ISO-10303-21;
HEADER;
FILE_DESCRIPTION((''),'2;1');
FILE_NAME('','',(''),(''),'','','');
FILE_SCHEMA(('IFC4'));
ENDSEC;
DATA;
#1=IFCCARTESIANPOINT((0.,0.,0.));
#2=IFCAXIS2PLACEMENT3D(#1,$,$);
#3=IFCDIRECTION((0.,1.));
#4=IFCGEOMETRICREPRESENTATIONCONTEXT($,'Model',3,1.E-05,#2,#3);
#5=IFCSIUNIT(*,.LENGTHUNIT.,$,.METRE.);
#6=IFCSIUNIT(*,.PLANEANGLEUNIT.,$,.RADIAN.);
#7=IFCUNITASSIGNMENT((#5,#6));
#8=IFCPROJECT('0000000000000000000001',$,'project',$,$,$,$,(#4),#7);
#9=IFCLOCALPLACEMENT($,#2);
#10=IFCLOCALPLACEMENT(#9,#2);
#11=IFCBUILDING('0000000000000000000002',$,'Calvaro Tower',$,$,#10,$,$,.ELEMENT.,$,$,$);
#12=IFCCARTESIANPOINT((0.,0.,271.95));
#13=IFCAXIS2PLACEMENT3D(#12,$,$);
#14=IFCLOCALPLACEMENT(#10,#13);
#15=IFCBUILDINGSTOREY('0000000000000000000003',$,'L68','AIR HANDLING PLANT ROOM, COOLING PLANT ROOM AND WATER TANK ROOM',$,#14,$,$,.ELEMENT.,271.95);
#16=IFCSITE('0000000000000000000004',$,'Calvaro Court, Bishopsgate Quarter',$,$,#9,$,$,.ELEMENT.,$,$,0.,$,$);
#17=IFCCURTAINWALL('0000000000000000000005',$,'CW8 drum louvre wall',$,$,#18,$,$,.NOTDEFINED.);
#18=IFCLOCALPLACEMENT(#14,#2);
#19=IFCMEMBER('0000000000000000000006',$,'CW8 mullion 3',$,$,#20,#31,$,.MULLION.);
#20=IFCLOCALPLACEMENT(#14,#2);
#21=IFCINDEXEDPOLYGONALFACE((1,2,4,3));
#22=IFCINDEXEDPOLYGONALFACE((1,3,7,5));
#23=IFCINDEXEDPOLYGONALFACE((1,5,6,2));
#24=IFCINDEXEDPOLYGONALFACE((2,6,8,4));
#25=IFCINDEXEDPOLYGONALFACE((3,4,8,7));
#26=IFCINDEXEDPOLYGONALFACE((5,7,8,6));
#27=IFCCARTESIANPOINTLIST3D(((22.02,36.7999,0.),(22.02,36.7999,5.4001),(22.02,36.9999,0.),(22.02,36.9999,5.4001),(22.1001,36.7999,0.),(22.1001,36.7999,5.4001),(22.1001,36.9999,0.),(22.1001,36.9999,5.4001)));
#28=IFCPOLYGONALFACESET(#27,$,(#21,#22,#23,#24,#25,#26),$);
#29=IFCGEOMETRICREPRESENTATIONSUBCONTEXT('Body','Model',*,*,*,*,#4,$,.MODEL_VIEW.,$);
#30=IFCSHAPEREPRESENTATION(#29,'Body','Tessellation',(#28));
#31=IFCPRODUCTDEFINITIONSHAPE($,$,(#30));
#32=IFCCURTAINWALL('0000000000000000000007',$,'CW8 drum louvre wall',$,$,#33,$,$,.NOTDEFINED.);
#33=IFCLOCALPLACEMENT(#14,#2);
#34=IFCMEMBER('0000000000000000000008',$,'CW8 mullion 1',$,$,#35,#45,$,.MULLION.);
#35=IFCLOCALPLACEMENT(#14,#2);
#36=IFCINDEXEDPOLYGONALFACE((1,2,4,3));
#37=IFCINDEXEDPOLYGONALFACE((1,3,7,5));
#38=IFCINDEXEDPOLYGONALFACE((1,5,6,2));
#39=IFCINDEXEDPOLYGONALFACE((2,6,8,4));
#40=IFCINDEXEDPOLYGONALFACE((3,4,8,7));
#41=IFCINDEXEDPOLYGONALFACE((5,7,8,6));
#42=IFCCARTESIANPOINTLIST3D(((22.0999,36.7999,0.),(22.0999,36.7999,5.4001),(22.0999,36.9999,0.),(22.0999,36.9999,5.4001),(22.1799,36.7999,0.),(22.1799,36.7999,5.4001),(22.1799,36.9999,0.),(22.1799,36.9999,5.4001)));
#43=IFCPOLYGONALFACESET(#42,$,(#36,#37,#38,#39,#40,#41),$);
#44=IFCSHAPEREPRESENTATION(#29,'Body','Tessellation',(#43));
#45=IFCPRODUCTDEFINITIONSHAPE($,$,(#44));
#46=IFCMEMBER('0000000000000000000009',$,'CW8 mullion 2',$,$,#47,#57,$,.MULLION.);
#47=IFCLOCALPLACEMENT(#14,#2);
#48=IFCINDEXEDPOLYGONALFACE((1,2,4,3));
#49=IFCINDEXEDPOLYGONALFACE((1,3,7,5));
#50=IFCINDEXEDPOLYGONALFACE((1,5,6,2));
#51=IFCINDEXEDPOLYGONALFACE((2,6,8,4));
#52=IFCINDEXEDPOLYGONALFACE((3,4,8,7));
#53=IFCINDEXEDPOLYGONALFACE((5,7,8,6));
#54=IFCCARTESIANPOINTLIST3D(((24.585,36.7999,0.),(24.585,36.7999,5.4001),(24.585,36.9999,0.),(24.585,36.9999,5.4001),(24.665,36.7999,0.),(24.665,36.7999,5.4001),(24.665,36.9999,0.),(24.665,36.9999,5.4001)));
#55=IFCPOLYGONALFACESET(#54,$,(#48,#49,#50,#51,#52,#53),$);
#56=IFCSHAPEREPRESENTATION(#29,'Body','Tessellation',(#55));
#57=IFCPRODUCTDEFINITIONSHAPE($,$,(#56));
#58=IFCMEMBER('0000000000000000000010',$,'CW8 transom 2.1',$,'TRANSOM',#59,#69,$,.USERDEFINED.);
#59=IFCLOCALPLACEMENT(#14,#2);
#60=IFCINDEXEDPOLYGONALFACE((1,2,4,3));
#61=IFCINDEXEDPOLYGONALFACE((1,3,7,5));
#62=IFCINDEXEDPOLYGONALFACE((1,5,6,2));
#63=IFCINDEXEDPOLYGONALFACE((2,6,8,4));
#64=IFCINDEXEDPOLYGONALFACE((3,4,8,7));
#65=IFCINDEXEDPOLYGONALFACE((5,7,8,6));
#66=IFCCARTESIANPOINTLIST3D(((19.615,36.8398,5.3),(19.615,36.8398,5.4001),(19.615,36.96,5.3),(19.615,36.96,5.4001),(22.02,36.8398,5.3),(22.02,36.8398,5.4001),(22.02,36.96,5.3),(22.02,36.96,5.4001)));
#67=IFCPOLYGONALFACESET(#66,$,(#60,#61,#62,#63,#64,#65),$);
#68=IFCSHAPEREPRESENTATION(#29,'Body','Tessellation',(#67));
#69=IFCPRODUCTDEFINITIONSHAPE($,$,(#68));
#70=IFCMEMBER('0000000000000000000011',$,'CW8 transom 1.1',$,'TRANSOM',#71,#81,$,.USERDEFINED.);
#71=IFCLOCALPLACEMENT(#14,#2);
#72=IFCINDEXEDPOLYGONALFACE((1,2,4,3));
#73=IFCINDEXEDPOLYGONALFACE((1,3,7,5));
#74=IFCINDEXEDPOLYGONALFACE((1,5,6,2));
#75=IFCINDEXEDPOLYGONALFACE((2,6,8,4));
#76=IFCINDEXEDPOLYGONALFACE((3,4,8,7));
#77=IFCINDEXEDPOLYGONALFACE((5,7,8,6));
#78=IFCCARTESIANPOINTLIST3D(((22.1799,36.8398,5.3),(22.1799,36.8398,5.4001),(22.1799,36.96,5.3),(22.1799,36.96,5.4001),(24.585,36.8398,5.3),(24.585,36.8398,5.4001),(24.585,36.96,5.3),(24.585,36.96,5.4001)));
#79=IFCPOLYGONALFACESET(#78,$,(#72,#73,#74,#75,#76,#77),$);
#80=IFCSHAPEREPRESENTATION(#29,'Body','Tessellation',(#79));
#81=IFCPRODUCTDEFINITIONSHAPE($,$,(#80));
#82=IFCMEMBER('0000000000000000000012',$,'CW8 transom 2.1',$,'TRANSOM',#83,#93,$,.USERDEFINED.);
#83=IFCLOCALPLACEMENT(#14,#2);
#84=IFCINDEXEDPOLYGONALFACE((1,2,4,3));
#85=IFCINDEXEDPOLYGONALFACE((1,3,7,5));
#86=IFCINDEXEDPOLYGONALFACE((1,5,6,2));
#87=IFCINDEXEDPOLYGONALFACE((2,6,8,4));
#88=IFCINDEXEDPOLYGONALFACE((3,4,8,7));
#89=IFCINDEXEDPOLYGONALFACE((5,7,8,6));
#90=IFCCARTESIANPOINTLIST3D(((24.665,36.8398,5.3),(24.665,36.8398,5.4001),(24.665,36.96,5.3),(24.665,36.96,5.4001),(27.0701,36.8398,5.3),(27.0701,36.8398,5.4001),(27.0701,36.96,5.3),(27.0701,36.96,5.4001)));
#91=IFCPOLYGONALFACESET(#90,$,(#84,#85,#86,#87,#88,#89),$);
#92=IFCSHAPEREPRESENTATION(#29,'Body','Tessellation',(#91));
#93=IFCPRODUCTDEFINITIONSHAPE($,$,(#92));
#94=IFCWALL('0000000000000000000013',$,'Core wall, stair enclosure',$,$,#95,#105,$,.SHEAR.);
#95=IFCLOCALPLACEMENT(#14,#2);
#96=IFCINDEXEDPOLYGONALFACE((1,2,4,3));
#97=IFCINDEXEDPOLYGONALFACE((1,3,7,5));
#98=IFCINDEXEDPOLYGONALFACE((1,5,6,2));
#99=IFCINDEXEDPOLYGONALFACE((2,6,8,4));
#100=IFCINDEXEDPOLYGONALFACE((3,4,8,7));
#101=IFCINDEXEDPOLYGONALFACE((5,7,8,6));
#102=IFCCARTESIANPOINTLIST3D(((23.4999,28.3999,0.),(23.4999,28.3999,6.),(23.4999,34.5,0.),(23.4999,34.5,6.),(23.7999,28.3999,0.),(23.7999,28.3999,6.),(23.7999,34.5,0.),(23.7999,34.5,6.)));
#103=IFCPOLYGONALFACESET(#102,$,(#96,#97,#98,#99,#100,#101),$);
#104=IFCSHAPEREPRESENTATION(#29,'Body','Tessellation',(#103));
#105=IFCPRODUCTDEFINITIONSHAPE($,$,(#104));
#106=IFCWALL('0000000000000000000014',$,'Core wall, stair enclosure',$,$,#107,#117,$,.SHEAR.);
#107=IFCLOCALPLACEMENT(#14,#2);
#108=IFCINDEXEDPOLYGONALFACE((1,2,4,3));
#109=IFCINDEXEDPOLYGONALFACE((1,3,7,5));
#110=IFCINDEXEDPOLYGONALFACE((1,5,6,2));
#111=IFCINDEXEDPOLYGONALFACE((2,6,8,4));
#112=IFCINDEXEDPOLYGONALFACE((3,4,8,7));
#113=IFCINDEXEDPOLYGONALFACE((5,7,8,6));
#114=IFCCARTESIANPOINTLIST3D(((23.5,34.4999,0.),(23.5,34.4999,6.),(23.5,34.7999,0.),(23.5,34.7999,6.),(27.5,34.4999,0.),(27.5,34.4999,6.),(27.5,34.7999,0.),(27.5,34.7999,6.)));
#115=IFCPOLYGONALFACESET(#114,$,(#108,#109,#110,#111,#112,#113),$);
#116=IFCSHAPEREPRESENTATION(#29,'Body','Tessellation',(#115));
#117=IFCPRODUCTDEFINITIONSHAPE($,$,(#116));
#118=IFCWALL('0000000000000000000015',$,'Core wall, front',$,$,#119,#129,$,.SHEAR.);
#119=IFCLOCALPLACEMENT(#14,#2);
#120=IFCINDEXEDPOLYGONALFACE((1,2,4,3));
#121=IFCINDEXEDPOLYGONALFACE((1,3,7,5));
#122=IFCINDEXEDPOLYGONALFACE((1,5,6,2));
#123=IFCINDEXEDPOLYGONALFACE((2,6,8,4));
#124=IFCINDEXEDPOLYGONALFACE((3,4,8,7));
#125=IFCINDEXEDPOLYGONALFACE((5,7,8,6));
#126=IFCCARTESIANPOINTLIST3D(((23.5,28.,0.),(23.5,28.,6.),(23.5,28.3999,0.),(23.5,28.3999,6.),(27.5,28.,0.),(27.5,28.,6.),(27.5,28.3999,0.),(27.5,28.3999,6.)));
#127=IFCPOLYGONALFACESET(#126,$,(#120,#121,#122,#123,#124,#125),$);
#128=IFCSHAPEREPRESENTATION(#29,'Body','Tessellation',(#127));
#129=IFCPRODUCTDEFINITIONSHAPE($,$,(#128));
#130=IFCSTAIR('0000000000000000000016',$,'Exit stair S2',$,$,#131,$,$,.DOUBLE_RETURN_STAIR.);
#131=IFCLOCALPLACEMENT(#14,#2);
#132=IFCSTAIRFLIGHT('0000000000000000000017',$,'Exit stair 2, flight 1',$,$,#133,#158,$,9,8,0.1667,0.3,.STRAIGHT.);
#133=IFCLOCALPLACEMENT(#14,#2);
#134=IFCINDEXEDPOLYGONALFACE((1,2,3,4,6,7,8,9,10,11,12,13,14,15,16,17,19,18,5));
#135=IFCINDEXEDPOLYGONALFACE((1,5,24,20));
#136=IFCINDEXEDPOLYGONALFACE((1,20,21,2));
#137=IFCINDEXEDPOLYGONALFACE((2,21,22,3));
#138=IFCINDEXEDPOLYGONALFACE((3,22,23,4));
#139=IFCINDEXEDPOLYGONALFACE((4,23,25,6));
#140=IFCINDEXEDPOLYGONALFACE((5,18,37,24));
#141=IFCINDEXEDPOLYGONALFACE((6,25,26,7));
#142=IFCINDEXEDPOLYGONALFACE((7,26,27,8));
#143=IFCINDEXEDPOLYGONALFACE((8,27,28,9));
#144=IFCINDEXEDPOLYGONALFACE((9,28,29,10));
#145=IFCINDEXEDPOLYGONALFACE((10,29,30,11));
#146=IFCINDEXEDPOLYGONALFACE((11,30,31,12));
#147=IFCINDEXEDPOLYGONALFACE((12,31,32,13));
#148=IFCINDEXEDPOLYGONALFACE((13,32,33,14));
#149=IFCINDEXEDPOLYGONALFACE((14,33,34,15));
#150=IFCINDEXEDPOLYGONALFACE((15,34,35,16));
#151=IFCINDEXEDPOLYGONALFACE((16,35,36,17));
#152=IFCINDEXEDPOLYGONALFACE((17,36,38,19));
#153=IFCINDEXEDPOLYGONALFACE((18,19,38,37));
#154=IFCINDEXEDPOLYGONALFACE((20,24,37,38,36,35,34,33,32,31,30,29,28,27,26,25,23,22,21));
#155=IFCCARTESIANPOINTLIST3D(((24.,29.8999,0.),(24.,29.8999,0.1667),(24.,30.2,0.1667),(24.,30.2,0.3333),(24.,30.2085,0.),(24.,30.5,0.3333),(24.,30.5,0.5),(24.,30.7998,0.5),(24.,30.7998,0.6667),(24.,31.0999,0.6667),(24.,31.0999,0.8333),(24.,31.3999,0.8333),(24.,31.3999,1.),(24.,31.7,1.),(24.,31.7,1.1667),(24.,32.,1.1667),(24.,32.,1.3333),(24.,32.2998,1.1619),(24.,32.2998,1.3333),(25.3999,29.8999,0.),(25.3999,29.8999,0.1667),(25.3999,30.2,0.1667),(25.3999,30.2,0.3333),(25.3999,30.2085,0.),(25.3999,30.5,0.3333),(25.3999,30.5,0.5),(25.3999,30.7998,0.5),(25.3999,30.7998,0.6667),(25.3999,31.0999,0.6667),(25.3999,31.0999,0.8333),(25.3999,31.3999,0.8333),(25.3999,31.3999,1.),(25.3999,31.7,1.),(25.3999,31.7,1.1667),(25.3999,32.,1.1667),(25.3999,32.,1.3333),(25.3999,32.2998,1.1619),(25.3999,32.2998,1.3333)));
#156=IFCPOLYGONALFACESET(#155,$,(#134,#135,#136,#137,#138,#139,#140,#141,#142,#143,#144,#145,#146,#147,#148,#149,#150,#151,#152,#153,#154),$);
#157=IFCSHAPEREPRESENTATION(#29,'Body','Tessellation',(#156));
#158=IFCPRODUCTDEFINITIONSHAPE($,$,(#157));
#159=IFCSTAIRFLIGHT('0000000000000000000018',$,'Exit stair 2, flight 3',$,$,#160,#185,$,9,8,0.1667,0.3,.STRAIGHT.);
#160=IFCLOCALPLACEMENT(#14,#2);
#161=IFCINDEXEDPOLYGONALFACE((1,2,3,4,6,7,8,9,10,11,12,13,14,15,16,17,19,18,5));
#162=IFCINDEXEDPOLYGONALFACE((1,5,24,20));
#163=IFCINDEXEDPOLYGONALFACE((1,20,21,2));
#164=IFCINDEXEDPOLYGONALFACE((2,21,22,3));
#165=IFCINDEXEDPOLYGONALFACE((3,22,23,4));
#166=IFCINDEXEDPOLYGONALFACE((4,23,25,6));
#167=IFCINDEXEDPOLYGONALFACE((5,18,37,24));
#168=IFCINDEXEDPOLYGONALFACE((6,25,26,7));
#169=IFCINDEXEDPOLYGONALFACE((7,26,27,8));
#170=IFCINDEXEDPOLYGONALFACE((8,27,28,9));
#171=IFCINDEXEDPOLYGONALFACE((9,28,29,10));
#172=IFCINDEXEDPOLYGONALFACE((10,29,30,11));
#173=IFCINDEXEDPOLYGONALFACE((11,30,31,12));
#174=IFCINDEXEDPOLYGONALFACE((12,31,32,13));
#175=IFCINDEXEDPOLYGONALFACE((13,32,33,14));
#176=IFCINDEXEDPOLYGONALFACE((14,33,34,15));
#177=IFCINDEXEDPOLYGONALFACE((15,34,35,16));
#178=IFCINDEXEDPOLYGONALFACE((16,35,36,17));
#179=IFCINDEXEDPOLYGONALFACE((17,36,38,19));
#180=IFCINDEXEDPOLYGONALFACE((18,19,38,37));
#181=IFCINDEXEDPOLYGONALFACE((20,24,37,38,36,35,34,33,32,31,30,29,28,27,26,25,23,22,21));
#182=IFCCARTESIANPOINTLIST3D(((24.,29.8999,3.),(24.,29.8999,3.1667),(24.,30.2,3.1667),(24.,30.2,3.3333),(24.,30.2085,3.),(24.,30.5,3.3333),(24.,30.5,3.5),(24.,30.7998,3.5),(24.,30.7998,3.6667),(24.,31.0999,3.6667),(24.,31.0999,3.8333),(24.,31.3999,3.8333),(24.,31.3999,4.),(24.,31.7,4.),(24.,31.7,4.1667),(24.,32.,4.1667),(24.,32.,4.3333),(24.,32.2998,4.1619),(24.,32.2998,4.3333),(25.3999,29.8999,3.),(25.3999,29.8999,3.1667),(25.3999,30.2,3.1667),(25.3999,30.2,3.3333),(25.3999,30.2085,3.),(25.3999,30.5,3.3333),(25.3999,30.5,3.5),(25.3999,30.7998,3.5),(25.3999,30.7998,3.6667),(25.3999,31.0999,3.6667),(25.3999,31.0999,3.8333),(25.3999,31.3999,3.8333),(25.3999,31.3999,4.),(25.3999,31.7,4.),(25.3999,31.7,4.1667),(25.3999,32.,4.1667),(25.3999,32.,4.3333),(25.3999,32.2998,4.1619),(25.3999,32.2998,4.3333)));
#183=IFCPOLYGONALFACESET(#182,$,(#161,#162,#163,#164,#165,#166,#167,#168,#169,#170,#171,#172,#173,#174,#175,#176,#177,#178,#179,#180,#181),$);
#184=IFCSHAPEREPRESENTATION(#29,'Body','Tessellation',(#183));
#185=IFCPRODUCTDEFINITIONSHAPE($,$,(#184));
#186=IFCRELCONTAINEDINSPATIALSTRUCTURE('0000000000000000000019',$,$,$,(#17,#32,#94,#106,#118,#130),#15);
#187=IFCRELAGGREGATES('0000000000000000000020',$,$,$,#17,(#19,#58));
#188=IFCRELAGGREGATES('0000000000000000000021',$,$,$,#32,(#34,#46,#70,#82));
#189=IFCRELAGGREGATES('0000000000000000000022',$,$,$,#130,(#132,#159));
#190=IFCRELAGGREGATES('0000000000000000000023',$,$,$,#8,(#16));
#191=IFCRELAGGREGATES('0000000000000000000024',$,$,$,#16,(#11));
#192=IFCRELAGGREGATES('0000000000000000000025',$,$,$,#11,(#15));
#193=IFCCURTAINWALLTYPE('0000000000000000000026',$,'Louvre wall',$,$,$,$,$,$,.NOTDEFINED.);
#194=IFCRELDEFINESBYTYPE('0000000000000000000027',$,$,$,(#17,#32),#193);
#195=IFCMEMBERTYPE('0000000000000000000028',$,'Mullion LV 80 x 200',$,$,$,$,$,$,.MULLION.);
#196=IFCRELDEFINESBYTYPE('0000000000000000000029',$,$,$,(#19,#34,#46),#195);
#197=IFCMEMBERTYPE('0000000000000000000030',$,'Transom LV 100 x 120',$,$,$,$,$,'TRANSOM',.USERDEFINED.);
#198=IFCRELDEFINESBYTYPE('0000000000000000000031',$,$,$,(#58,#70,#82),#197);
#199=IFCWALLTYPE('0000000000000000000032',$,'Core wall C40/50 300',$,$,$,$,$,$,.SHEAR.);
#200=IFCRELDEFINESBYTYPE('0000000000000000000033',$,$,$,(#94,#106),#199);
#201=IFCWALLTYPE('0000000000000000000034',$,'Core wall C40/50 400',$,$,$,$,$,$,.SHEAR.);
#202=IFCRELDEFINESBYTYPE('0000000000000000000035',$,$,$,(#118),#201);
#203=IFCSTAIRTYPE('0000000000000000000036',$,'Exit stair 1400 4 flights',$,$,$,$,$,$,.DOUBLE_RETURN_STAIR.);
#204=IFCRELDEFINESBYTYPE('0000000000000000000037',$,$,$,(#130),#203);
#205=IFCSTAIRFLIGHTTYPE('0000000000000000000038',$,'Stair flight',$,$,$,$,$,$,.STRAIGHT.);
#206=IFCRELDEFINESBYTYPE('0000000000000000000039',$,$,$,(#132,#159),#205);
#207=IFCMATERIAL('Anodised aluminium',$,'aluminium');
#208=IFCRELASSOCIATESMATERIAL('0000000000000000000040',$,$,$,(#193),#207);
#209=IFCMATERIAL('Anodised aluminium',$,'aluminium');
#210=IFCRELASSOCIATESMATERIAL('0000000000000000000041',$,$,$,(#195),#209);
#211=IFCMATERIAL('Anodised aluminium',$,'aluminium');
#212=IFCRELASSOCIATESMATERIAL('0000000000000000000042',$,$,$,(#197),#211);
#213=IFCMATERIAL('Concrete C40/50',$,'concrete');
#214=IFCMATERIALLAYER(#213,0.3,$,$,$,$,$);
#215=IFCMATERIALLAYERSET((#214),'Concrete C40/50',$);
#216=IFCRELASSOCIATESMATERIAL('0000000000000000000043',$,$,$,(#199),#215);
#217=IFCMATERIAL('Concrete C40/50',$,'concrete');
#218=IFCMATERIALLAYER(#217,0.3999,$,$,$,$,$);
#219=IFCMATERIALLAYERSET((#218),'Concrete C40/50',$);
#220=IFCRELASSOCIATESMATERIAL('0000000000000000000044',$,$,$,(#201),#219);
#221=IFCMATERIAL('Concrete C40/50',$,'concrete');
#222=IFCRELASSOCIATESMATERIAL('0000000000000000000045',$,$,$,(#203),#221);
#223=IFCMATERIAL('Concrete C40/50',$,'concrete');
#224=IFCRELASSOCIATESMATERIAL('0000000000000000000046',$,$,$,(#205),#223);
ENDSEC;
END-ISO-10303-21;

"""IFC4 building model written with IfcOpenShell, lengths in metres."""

from ifc_helpers import new_model, si_unit, direction, frame, frame_2d, origin, origin_2d, place, context, subcontext, project, spatial, polyline, rectangle, outline, extrude, material, layer, layer_set, material_profile, profile_set, type_object, element, aggregate, save


model = new_model("IFC4")

# Units and contexts
model_context = context("Model", 3, precision=1e-05, world=origin(), true_north=direction((0.0, 1.0)))
body_context = subcontext(model_context, "Body", "Model", "MODEL_VIEW")
ifc_project = project(units=[si_unit("LENGTHUNIT", "METRE"), si_unit("PLANEANGLEUNIT", "RADIAN")], contexts=[model_context])

# Site, building, storey
site_placement = place(None, origin())
site = spatial("IfcSite", under=ifc_project, at=site_placement, Name="Calvaro Court, Bishopsgate Quarter", CompositionType="ELEMENT", RefElevation=0.0)
building_placement = place(site_placement, origin())
building = spatial("IfcBuilding", under=site, at=building_placement, Name="Calvaro Tower", CompositionType="ELEMENT")
storey_placement = place(building_placement, frame((0.0, 0.0, 271.95)))
storey = spatial("IfcBuildingStorey", under=building, at=storey_placement, Name="L68", Description="AIR HANDLING PLANT ROOM, COOLING PLANT ROOM AND WATER TANK ROOM", CompositionType="ELEMENT", Elevation=271.95)

# Curtain wall, member
ifc_material_1 = material(Name="Anodised aluminium", Category="aluminium")
curtain_wall_type = type_object("IfcCurtainWallType", Name="Louvre wall", PredefinedType="NOTDEFINED", material=ifc_material_1)
curtain_wall_1_placement = place(storey_placement, origin())
curtain_wall_1 = element("IfcCurtainWall", 1, at=curtain_wall_1_placement, inside=storey, type_object=curtain_wall_type, Name="CW8 drum louvre wall", PredefinedType="NOTDEFINED")
ifc_material_2 = material(Name="Anodised aluminium", Category="aluminium")
ifc_material_profile_1 = material_profile(ifc_material_2, rectangle(XDim=0.2, YDim=0.0801, at=origin_2d()), Name="Mullion LV 80 x 200")
ifc_profile_set_1 = profile_set([ifc_material_profile_1], Name="Anodised aluminium")
member_type_1 = type_object("IfcMemberType", Name="Mullion LV 80 x 200", PredefinedType="MULLION", material=ifc_profile_set_1)
member_1_placement = place(storey_placement, frame((22.0601, 36.8999, 0.0), z_axis=(0.0, 0.0, 1.0), x_axis=(0.0, 1.0, 0.0)))
member_1 = element("IfcMember", 2, at=member_1_placement, type_object=member_type_1, Name="CW8 mullion 3", PredefinedType="MULLION", context=body_context, shape_type="SweptSolid", body=[
    extrude(rectangle(XDim=0.2, YDim=0.0801, at=origin_2d()), origin(), (0.0, 0.0, 1.0), 5.4001),
])

# Curtain wall, members
curtain_wall_2_placement = place(storey_placement, origin())
curtain_wall_2 = element("IfcCurtainWall", 3, at=curtain_wall_2_placement, inside=storey, type_object=curtain_wall_type, Name="CW8 drum louvre wall", PredefinedType="NOTDEFINED")
member_2_placement = place(storey_placement, frame((22.1399, 36.8999, 0.0), z_axis=(0.0, 0.0, 1.0), x_axis=(0.0, 1.0, 0.0)))
member_2 = element("IfcMember", 4, at=member_2_placement, type_object=member_type_1, Name="CW8 mullion 1", PredefinedType="MULLION", context=body_context, shape_type="SweptSolid", body=[
    extrude(rectangle(XDim=0.2, YDim=0.0801, at=origin_2d()), origin(), (0.0, 0.0, 1.0), 5.4001),
])
member_3_placement = place(storey_placement, frame((24.625, 36.8999, 0.0), z_axis=(0.0, 0.0, 1.0), x_axis=(0.0, 1.0, 0.0)))
member_3 = element("IfcMember", 5, at=member_3_placement, type_object=member_type_1, Name="CW8 mullion 2", PredefinedType="MULLION", context=body_context, shape_type="SweptSolid", body=[
    extrude(rectangle(XDim=0.2, YDim=0.0801, at=origin_2d()), origin(), (0.0, 0.0, 1.0), 5.4001),
])

# Members
ifc_material_3 = material(Name="Anodised aluminium", Category="aluminium")
ifc_material_profile_2 = material_profile(ifc_material_3, rectangle(XDim=0.1201, YDim=0.1001, at=origin_2d()), Name="Transom LV 100 x 120")
ifc_profile_set_2 = profile_set([ifc_material_profile_2], Name="Anodised aluminium")
member_type_2 = type_object("IfcMemberType", Name="Transom LV 100 x 120", ElementType="TRANSOM", PredefinedType="USERDEFINED", material=ifc_profile_set_2)
member_4_placement = place(storey_placement, frame((19.615, 36.8999, 5.3501), z_axis=(1.0, 0.0, 0.0), x_axis=(0.0, 1.0, 0.0)))
member_4 = element("IfcMember", 6, at=member_4_placement, type_object=member_type_2, Name="CW8 transom 2.1", ObjectType="TRANSOM", PredefinedType="USERDEFINED", context=body_context, shape_type="SweptSolid", body=[
    extrude(rectangle(XDim=0.1201, YDim=0.1001, at=origin_2d()), origin(), (0.0, 0.0, 1.0), 2.405),
])
member_5_placement = place(storey_placement, frame((22.1799, 36.8999, 5.3501), z_axis=(1.0, 0.0, 0.0), x_axis=(0.0, 1.0, 0.0)))
member_5 = element("IfcMember", 7, at=member_5_placement, type_object=member_type_2, Name="CW8 transom 1.1", ObjectType="TRANSOM", PredefinedType="USERDEFINED", context=body_context, shape_type="SweptSolid", body=[
    extrude(rectangle(XDim=0.1201, YDim=0.1001, at=origin_2d()), origin(), (0.0, 0.0, 1.0), 2.405),
])
member_6_placement = place(storey_placement, frame((24.665, 36.8999, 5.3501), z_axis=(1.0, 0.0, 0.0), x_axis=(0.0, 1.0, 0.0)))
member_6 = element("IfcMember", 8, at=member_6_placement, type_object=member_type_2, Name="CW8 transom 2.1", ObjectType="TRANSOM", PredefinedType="USERDEFINED", context=body_context, shape_type="SweptSolid", body=[
    extrude(rectangle(XDim=0.1201, YDim=0.1001, at=origin_2d()), origin(), (0.0, 0.0, 1.0), 2.405),
])

# Walls
ifc_material_4 = material(Name="Concrete C40/50", Category="concrete")
ifc_layer_1 = layer(ifc_material_4, 0.3)
ifc_layer_set_1 = layer_set([ifc_layer_1], Name="Concrete C40/50")
wall_type_1 = type_object("IfcWallType", Name="Core wall C40/50 300", PredefinedType="SHEAR", material=ifc_layer_set_1)
wall_1_placement = place(storey_placement, frame((23.6499, 28.3999, 0.0), z_axis=(0.0, 0.0, 1.0), x_axis=(0.0, 1.0, 0.0)))
element("IfcWall", 9, at=wall_1_placement, inside=storey, type_object=wall_type_1, Name="Core wall, stair enclosure", PredefinedType="SHEAR", context=body_context, shape_type="SweptSolid", body=[
    extrude(rectangle(XDim=6.1001, YDim=0.3, at=frame_2d((3.05, 0.0))), origin(), (0.0, 0.0, 1.0), 6.0),
])
wall_2_placement = place(storey_placement, frame((23.5, 34.6499, 0.0), z_axis=(0.0, 0.0, 1.0), x_axis=(1.0, 0.0, 0.0)))
element("IfcWall", 10, at=wall_2_placement, inside=storey, type_object=wall_type_1, Name="Core wall, stair enclosure", PredefinedType="SHEAR", context=body_context, shape_type="SweptSolid", body=[
    extrude(rectangle(XDim=4.0, YDim=0.3, at=frame_2d((2.0, 0.0))), origin(), (0.0, 0.0, 1.0), 6.0),
])
ifc_material_5 = material(Name="Concrete C40/50", Category="concrete")
ifc_layer_2 = layer(ifc_material_5, 0.3999)
ifc_layer_set_2 = layer_set([ifc_layer_2], Name="Concrete C40/50")
wall_type_2 = type_object("IfcWallType", Name="Core wall C40/50 400", PredefinedType="SHEAR", material=ifc_layer_set_2)
wall_3_placement = place(storey_placement, frame((23.5, 28.2, 0.0), z_axis=(0.0, 0.0, 1.0), x_axis=(1.0, 0.0, 0.0)))
element("IfcWall", 11, at=wall_3_placement, inside=storey, type_object=wall_type_2, Name="Core wall, front", PredefinedType="SHEAR", context=body_context, shape_type="SweptSolid", body=[
    extrude(rectangle(XDim=4.0, YDim=0.3999, at=frame_2d((2.0, 0.0))), origin(), (0.0, 0.0, 1.0), 6.0),
])

# Stair, stair flights
ifc_material_6 = material(Name="Concrete C40/50", Category="concrete")
stair_type = type_object("IfcStairType", Name="Exit stair 1400 4 flights", PredefinedType="DOUBLE_RETURN_STAIR", material=ifc_material_6)
stair_placement = place(storey_placement, origin())
stair = element("IfcStair", 12, at=stair_placement, inside=storey, type_object=stair_type, Name="Exit stair S2", PredefinedType="DOUBLE_RETURN_STAIR")
ifc_material_7 = material(Name="Concrete C40/50", Category="concrete")
stair_flight_type = type_object("IfcStairFlightType", Name="Stair flight", PredefinedType="STRAIGHT", material=ifc_material_7)
stair_flight_1_placement = place(storey_placement, frame((24.7, 29.8999, 0.0), z_axis=(0.0, 0.0, 1.0), x_axis=(0.0, 1.0, 0.0)))
stair_flight_1 = element("IfcStairFlight", 13, at=stair_flight_1_placement, type_object=stair_flight_type, Name="Exit stair 2, flight 1", NumberOfRisers=9, NumberOfTreads=8, PredefinedType="STRAIGHT", RiserHeight=0.1667, TreadLength=0.3, context=body_context, shape_type="SweptSolid", body=[
    extrude(outline(polyline([(0.0, 0.0), (0.0, 0.1667), (0.3, 0.1667), (0.3, 0.3333), (0.6001, 0.3333), (0.6001, 0.5), (0.8999, 0.5), (0.8999, 0.6667), (1.2, 0.6667), (1.2, 0.8333), (1.5, 0.8333), (1.5, 1.0), (1.8, 1.0), (1.8, 1.1667), (2.1001, 1.1667), (2.1001, 1.3333), (2.3999, 1.3333), (2.3999, 1.5), (2.3999, 1.1619), (0.3086, 0.0), (0.0, 0.0)])), frame((0.0, 0.7, 0.0), z_axis=(0.0, -1.0, 0.0), x_axis=(1.0, 0.0, 0.0)), (0.0, 0.0, 1.0), 1.3999),
])
stair_flight_2_placement = place(storey_placement, frame((24.7, 29.8999, 3.0), z_axis=(0.0, 0.0, 1.0), x_axis=(0.0, 1.0, 0.0)))
stair_flight_2 = element("IfcStairFlight", 14, at=stair_flight_2_placement, type_object=stair_flight_type, Name="Exit stair 2, flight 3", NumberOfRisers=9, NumberOfTreads=8, PredefinedType="STRAIGHT", RiserHeight=0.1667, TreadLength=0.3, context=body_context, shape_type="SweptSolid", body=[
    extrude(outline(polyline([(0.0, 0.0), (0.0, 0.1667), (0.3, 0.1667), (0.3, 0.3333), (0.6001, 0.3333), (0.6001, 0.5), (0.8999, 0.5), (0.8999, 0.6667), (1.2, 0.6667), (1.2, 0.8333), (1.5, 0.8333), (1.5, 1.0), (1.8, 1.0), (1.8, 1.1667), (2.1001, 1.1667), (2.1001, 1.3333), (2.3999, 1.3333), (2.3999, 1.5), (2.3999, 1.1619), (0.3086, 0.0), (0.0, 0.0)])), frame((0.0, 0.7, 0.0), z_axis=(0.0, -1.0, 0.0), x_axis=(1.0, 0.0, 0.0)), (0.0, 0.0, 1.0), 1.3999),
])

aggregate(curtain_wall_1, [member_1, member_4])
aggregate(curtain_wall_2, [member_2, member_3, member_5, member_6])

aggregate(stair, [stair_flight_1, stair_flight_2])

save(model, "model.ifc")
